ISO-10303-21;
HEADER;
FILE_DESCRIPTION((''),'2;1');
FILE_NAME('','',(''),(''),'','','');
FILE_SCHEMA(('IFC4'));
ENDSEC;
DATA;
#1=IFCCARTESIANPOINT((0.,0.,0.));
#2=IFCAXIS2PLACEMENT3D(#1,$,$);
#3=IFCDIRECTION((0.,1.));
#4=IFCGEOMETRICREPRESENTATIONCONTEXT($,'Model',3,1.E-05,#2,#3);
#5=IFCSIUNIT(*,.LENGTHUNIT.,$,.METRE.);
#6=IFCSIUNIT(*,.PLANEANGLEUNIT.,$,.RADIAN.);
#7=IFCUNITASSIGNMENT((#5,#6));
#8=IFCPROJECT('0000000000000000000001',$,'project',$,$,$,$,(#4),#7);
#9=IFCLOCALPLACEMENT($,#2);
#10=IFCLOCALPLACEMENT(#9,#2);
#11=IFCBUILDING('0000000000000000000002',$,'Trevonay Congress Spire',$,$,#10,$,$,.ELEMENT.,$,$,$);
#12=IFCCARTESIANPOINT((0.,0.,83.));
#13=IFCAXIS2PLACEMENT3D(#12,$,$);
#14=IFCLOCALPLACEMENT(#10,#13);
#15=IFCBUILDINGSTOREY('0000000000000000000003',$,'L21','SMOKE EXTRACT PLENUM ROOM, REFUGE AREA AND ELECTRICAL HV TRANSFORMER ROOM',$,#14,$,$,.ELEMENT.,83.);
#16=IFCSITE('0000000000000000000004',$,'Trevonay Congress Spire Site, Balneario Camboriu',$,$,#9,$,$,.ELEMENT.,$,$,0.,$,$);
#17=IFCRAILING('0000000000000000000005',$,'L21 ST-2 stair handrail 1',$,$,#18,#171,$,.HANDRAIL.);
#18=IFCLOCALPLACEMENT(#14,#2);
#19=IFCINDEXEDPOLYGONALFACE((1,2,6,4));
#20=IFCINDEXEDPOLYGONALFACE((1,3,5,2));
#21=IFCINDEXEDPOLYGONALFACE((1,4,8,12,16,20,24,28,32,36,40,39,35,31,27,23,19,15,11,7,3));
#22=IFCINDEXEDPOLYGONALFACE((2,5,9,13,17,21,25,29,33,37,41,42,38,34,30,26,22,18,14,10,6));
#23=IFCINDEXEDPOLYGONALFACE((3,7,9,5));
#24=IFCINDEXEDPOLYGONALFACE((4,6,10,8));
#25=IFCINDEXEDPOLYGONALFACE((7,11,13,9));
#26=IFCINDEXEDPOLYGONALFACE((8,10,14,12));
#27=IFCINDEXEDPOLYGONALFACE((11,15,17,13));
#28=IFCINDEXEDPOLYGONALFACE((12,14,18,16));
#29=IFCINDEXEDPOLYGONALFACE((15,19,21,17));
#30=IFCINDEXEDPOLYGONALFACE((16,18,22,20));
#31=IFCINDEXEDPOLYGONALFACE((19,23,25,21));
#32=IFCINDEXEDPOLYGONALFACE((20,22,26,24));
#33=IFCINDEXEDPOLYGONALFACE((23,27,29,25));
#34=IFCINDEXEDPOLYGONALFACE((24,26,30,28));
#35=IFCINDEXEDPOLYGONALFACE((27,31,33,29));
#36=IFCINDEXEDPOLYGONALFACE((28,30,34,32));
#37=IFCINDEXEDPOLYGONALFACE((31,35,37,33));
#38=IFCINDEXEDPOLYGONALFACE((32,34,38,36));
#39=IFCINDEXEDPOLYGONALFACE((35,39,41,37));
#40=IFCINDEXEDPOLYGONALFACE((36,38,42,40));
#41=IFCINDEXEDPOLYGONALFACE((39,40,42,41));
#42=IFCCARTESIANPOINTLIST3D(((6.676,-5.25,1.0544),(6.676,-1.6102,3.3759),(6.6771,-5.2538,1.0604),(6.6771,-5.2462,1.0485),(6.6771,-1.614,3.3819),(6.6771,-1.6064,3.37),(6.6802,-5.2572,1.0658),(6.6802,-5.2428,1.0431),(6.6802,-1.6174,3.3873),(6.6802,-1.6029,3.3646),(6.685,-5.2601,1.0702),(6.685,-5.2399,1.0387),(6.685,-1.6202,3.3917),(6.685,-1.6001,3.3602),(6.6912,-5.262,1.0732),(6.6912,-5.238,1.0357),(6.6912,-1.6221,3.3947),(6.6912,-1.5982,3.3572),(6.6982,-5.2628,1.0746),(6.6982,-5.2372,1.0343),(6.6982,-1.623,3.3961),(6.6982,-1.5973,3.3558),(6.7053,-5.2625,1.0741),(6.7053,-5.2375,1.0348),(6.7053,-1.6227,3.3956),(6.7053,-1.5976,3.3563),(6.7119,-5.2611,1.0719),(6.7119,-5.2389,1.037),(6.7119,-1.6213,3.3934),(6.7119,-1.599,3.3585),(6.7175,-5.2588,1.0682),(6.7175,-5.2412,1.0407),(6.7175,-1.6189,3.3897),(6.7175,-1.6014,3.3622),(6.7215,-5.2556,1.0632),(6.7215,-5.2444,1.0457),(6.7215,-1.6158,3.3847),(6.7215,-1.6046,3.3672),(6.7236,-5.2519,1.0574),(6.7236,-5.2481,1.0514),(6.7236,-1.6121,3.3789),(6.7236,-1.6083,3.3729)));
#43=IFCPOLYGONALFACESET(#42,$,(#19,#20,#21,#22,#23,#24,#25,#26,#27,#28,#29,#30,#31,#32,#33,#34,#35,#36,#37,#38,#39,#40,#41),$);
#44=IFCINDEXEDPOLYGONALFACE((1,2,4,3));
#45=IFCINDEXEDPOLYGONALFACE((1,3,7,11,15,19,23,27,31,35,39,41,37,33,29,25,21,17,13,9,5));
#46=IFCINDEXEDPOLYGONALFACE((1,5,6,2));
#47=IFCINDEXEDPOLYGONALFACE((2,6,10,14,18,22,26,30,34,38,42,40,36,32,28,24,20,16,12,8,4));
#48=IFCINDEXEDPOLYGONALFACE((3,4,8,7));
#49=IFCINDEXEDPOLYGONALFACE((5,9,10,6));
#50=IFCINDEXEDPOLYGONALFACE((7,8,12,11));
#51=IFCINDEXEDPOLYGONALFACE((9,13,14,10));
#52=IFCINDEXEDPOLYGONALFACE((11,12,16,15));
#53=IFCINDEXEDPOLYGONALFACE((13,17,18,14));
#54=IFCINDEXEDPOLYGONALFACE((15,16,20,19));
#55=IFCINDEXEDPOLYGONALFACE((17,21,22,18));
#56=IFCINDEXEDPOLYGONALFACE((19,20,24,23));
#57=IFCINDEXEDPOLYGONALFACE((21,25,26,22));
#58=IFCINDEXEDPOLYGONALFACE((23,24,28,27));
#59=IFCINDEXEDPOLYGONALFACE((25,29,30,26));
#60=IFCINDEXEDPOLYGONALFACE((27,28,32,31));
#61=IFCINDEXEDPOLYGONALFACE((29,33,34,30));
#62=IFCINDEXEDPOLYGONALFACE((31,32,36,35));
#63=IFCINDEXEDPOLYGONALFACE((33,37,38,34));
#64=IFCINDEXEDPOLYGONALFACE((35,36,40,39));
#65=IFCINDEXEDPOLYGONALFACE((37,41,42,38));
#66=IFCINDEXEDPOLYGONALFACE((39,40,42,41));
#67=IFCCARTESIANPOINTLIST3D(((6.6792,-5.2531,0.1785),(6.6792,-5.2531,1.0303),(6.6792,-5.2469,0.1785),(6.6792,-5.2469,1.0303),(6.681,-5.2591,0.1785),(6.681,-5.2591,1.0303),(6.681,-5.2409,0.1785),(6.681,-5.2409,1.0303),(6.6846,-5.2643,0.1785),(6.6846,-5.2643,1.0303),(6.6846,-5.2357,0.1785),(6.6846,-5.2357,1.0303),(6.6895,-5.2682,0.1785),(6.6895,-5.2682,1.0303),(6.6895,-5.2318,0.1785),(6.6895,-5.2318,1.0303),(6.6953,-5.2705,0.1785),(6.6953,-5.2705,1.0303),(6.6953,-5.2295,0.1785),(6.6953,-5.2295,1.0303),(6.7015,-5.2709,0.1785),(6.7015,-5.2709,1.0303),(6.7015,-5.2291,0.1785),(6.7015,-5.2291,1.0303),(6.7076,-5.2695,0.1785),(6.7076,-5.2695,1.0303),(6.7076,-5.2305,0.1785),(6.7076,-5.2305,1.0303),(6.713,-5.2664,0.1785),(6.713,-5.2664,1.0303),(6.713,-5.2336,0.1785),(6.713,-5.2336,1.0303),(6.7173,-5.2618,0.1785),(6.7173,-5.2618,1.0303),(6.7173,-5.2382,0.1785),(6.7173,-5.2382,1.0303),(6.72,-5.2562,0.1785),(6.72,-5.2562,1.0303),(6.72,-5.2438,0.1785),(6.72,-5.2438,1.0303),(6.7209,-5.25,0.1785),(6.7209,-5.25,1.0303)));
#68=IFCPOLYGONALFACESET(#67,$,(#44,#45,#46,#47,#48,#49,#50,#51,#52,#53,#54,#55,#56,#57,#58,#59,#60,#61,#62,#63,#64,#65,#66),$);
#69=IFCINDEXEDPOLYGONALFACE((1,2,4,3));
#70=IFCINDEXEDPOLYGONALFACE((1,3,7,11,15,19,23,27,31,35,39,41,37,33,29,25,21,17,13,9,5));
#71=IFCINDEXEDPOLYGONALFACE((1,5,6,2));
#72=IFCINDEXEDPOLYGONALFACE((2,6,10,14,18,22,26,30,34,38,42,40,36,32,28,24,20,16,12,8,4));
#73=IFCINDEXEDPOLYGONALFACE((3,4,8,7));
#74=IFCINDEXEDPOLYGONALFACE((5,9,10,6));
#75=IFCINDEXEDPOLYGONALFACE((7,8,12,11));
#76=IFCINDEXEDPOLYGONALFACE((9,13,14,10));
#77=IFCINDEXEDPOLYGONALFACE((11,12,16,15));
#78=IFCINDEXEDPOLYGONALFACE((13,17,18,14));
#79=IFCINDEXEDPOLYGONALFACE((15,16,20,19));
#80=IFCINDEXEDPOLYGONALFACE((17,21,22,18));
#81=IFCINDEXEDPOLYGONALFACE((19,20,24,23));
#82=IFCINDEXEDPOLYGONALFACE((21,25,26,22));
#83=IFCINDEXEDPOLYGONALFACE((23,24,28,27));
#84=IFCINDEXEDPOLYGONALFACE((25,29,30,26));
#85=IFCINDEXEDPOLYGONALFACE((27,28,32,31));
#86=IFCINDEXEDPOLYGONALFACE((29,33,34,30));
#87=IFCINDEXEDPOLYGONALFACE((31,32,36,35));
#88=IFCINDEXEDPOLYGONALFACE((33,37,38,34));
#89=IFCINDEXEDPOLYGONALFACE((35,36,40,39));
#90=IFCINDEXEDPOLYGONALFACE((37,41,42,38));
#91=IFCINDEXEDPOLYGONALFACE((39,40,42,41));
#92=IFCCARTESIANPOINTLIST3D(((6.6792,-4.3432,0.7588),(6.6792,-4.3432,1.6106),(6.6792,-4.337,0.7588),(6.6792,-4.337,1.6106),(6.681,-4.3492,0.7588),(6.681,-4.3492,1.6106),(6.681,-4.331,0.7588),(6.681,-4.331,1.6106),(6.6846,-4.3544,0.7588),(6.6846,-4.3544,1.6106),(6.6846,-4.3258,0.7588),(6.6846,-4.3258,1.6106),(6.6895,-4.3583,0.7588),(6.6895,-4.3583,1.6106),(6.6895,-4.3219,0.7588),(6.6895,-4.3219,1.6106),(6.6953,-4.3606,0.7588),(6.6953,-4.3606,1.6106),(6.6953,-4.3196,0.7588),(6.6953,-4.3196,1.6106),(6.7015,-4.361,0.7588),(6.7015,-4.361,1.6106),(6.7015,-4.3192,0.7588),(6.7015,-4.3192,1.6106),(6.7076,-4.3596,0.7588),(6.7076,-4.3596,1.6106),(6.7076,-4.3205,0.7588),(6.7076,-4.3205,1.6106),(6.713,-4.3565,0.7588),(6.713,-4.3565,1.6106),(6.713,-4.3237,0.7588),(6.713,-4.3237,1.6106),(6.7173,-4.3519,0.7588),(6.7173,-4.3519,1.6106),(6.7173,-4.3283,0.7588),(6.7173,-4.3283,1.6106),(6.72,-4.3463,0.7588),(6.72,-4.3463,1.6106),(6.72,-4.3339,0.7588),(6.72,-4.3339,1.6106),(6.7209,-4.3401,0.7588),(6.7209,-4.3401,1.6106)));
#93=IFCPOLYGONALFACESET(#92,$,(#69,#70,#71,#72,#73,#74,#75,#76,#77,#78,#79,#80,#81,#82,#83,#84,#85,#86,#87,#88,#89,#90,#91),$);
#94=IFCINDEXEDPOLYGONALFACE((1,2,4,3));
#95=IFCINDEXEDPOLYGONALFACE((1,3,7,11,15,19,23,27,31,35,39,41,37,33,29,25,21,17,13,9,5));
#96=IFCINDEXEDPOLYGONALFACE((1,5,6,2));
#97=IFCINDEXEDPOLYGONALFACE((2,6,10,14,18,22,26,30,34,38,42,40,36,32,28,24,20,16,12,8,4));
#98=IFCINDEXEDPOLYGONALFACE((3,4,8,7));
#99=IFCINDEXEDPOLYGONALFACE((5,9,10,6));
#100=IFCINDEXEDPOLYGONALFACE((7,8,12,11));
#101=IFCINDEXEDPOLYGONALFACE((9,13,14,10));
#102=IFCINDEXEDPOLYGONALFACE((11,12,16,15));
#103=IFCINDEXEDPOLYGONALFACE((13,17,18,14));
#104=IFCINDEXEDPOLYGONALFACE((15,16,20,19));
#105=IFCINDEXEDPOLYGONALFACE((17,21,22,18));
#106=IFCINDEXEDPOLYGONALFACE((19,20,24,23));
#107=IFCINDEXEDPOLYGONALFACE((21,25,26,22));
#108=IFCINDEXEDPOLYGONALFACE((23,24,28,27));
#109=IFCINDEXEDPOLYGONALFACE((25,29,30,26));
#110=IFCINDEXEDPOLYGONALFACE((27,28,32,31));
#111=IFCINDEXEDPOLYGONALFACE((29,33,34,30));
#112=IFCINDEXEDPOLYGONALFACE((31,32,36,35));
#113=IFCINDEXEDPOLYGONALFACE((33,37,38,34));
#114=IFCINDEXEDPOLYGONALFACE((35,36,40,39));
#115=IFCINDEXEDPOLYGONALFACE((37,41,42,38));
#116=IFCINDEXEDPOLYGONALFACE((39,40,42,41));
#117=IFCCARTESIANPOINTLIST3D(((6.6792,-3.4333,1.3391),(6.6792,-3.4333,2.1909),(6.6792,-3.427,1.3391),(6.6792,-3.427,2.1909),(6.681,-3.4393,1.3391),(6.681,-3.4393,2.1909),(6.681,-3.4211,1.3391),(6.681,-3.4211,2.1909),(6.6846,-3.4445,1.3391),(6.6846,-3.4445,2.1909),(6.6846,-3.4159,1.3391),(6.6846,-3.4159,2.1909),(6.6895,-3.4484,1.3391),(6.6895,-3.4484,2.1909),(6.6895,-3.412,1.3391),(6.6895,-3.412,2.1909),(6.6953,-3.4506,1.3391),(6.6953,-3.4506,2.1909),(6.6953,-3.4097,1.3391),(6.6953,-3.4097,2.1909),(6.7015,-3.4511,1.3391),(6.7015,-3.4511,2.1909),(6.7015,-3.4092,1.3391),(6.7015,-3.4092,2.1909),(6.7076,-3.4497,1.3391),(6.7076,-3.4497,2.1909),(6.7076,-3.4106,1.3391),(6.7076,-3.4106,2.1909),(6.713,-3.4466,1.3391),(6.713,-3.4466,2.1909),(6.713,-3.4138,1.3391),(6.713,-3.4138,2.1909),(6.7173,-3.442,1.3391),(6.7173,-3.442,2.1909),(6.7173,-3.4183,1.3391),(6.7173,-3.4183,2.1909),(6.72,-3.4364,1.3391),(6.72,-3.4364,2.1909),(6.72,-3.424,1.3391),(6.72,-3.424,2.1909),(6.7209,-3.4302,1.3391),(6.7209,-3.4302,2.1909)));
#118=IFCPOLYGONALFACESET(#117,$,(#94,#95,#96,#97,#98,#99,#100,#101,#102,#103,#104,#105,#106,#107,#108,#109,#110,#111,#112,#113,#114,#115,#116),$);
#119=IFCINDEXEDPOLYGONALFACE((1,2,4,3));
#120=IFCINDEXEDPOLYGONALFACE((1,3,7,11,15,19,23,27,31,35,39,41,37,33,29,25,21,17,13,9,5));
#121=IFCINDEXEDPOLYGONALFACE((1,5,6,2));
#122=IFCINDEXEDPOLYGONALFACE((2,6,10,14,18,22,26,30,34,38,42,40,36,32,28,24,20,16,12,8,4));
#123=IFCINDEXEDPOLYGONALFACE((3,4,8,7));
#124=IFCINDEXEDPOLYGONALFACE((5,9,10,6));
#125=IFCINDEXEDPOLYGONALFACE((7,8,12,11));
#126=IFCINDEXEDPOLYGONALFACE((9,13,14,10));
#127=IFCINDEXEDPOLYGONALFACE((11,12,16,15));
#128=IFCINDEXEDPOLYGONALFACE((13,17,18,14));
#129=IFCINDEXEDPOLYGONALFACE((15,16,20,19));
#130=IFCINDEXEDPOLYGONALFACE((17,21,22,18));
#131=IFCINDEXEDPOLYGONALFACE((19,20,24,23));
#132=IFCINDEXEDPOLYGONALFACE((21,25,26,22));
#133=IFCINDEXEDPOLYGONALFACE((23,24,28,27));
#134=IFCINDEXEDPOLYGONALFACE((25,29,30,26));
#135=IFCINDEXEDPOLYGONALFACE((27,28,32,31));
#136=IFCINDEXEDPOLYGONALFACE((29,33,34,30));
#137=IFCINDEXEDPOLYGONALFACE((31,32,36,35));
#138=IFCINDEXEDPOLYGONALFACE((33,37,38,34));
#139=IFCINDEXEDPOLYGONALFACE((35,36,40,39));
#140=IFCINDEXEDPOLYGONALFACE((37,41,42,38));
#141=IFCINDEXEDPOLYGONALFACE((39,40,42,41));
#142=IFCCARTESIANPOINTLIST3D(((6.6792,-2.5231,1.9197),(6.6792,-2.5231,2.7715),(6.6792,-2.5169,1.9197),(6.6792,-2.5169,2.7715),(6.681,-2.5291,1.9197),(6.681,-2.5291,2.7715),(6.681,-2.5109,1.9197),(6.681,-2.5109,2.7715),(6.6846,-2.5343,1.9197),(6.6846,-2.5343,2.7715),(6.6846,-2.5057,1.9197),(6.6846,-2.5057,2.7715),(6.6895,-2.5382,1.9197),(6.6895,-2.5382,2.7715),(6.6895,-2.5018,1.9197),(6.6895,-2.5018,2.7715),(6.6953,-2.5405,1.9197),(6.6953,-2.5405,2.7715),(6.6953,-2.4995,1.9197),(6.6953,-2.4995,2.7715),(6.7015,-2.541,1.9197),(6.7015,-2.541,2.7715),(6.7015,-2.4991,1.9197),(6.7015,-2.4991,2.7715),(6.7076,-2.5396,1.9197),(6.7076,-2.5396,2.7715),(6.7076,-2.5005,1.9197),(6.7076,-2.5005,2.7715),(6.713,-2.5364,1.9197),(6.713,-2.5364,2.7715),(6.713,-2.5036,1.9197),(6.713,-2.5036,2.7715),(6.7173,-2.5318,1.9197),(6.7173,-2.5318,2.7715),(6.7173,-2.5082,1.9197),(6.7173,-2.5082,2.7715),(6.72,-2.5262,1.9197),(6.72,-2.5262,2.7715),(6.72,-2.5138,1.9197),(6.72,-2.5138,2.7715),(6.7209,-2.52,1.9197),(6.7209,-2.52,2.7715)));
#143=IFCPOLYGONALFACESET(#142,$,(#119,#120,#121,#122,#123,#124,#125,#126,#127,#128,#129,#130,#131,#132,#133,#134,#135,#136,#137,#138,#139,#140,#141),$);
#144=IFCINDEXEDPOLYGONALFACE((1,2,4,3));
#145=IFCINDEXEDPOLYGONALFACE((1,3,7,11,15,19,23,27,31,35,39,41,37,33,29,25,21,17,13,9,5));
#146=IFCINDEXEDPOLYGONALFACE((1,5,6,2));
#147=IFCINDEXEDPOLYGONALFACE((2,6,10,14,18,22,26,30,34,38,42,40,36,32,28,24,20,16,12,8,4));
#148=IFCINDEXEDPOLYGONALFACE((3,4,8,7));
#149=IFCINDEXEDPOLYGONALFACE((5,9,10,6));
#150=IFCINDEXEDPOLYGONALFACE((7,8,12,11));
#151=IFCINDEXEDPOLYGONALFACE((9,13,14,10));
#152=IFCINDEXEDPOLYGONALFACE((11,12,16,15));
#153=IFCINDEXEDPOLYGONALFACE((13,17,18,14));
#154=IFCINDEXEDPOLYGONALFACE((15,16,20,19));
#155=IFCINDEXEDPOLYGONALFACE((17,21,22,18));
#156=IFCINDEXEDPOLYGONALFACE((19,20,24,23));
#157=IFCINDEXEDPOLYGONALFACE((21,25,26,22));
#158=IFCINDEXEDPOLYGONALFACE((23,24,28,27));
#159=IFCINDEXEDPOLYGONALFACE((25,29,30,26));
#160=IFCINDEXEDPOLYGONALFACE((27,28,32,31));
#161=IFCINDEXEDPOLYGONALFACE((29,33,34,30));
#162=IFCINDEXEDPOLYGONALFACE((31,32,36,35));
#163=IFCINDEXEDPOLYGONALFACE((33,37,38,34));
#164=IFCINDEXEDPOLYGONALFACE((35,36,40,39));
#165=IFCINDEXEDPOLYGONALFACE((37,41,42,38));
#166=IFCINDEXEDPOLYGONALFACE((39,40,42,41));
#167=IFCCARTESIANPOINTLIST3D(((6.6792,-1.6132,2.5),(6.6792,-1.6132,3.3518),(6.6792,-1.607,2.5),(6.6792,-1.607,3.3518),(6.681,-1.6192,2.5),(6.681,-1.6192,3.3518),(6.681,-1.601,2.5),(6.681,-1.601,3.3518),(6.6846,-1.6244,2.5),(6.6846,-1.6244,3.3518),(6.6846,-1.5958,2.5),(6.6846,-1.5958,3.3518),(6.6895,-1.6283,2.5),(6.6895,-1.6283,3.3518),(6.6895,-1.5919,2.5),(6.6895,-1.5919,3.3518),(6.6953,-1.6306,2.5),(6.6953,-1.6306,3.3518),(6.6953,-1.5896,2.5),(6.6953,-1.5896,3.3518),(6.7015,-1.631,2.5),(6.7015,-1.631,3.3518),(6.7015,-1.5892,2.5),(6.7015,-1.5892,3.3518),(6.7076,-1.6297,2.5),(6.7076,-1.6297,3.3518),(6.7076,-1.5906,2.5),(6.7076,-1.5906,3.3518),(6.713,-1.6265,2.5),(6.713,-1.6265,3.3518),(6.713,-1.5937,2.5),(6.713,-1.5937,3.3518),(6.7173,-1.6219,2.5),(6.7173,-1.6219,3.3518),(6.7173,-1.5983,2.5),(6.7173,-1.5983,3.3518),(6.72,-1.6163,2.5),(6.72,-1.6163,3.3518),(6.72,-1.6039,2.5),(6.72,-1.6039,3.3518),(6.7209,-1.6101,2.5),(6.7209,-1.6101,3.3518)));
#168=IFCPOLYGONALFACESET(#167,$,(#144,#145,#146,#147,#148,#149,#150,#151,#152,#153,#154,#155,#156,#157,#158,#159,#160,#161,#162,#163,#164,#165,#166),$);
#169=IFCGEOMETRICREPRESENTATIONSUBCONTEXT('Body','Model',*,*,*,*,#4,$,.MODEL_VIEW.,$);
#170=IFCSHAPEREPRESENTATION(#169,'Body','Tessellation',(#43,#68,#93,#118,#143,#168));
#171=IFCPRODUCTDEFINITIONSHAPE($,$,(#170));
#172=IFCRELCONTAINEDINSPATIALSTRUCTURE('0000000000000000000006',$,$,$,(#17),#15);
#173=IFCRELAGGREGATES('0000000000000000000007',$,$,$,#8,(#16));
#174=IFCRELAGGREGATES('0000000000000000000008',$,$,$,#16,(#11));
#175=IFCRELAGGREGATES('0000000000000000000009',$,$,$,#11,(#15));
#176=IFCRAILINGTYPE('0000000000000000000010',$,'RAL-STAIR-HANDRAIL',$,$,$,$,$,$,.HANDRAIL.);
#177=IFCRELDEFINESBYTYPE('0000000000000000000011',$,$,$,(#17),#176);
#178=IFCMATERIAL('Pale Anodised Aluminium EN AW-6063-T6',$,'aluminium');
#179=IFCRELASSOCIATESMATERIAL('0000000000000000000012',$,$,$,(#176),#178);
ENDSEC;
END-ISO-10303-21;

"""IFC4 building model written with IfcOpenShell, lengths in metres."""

from ifc_helpers import new_model, si_unit, direction, frame, origin, origin_2d, place, context, subcontext, project, spatial, circle, extrude, material, type_object, element, save


model = new_model("IFC4")

# Units and contexts
model_context = context("Model", 3, precision=1e-05, world=origin(), true_north=direction((0.0, 1.0)))
body_context = subcontext(model_context, "Body", "Model", "MODEL_VIEW")
ifc_project = project(units=[si_unit("LENGTHUNIT", "METRE"), si_unit("PLANEANGLEUNIT", "RADIAN")], contexts=[model_context])

# Site, building, storey
site_placement = place(None, origin())
site = spatial("IfcSite", under=ifc_project, at=site_placement, Name="Trevonay Congress Spire Site, Balneario Camboriu", CompositionType="ELEMENT", RefElevation=0.0)
building_placement = place(site_placement, origin())
building = spatial("IfcBuilding", under=site, at=building_placement, Name="Trevonay Congress Spire", CompositionType="ELEMENT")
storey_placement = place(building_placement, frame((0.0, 0.0, 83.0)))
storey = spatial("IfcBuildingStorey", under=building, at=storey_placement, Name="L21", Description="SMOKE EXTRACT PLENUM ROOM, REFUGE AREA AND ELECTRICAL HV TRANSFORMER ROOM", CompositionType="ELEMENT", Elevation=83.0)

# Shared definitions
ifc_material_1 = material(Name="Pale Anodised Aluminium EN AW-6063-T6", Category="aluminium")

# Railing
railing_type_1 = type_object("IfcRailingType", Name="RAL-STAIR-HANDRAIL", PredefinedType="HANDRAIL", material=ifc_material_1)
railing_1_placement = place(storey_placement, frame((6.7, -5.25, 0.1785)))
element("IfcRailing", 1, at=railing_1_placement, inside=storey, type_object=railing_type_1, Name="L21 ST-2 stair handrail 1", PredefinedType="HANDRAIL", context=body_context, shape_type="SweptSolid", body=[
    extrude(circle(Radius=0.0239, at=origin_2d()), frame((0.0, 0.0, 0.876), z_axis=(0.0, 0.843112, 0.537739), x_axis=(-1.0, 0.0, 0.0)), (0.0, 0.0, 1.0), 4.3171),
    extrude(circle(Radius=0.021, at=origin_2d()), origin(), (0.0, 0.0, 1.0), 0.8518),
    extrude(circle(Radius=0.021, at=origin_2d()), frame((0.0, 0.9099, 0.5803)), (0.0, 0.0, 1.0), 0.8518),
    extrude(circle(Radius=0.021, at=origin_2d()), frame((0.0, 1.8198, 1.1606)), (0.0, 0.0, 1.0), 0.8518),
    extrude(circle(Radius=0.021, at=origin_2d()), frame((0.0, 2.73, 1.7412)), (0.0, 0.0, 1.0), 0.8518),
    extrude(circle(Radius=0.021, at=origin_2d()), frame((0.0, 3.6399, 2.3215)), (0.0, 0.0, 1.0), 0.8518),
])

save(model, "model.ifc")
